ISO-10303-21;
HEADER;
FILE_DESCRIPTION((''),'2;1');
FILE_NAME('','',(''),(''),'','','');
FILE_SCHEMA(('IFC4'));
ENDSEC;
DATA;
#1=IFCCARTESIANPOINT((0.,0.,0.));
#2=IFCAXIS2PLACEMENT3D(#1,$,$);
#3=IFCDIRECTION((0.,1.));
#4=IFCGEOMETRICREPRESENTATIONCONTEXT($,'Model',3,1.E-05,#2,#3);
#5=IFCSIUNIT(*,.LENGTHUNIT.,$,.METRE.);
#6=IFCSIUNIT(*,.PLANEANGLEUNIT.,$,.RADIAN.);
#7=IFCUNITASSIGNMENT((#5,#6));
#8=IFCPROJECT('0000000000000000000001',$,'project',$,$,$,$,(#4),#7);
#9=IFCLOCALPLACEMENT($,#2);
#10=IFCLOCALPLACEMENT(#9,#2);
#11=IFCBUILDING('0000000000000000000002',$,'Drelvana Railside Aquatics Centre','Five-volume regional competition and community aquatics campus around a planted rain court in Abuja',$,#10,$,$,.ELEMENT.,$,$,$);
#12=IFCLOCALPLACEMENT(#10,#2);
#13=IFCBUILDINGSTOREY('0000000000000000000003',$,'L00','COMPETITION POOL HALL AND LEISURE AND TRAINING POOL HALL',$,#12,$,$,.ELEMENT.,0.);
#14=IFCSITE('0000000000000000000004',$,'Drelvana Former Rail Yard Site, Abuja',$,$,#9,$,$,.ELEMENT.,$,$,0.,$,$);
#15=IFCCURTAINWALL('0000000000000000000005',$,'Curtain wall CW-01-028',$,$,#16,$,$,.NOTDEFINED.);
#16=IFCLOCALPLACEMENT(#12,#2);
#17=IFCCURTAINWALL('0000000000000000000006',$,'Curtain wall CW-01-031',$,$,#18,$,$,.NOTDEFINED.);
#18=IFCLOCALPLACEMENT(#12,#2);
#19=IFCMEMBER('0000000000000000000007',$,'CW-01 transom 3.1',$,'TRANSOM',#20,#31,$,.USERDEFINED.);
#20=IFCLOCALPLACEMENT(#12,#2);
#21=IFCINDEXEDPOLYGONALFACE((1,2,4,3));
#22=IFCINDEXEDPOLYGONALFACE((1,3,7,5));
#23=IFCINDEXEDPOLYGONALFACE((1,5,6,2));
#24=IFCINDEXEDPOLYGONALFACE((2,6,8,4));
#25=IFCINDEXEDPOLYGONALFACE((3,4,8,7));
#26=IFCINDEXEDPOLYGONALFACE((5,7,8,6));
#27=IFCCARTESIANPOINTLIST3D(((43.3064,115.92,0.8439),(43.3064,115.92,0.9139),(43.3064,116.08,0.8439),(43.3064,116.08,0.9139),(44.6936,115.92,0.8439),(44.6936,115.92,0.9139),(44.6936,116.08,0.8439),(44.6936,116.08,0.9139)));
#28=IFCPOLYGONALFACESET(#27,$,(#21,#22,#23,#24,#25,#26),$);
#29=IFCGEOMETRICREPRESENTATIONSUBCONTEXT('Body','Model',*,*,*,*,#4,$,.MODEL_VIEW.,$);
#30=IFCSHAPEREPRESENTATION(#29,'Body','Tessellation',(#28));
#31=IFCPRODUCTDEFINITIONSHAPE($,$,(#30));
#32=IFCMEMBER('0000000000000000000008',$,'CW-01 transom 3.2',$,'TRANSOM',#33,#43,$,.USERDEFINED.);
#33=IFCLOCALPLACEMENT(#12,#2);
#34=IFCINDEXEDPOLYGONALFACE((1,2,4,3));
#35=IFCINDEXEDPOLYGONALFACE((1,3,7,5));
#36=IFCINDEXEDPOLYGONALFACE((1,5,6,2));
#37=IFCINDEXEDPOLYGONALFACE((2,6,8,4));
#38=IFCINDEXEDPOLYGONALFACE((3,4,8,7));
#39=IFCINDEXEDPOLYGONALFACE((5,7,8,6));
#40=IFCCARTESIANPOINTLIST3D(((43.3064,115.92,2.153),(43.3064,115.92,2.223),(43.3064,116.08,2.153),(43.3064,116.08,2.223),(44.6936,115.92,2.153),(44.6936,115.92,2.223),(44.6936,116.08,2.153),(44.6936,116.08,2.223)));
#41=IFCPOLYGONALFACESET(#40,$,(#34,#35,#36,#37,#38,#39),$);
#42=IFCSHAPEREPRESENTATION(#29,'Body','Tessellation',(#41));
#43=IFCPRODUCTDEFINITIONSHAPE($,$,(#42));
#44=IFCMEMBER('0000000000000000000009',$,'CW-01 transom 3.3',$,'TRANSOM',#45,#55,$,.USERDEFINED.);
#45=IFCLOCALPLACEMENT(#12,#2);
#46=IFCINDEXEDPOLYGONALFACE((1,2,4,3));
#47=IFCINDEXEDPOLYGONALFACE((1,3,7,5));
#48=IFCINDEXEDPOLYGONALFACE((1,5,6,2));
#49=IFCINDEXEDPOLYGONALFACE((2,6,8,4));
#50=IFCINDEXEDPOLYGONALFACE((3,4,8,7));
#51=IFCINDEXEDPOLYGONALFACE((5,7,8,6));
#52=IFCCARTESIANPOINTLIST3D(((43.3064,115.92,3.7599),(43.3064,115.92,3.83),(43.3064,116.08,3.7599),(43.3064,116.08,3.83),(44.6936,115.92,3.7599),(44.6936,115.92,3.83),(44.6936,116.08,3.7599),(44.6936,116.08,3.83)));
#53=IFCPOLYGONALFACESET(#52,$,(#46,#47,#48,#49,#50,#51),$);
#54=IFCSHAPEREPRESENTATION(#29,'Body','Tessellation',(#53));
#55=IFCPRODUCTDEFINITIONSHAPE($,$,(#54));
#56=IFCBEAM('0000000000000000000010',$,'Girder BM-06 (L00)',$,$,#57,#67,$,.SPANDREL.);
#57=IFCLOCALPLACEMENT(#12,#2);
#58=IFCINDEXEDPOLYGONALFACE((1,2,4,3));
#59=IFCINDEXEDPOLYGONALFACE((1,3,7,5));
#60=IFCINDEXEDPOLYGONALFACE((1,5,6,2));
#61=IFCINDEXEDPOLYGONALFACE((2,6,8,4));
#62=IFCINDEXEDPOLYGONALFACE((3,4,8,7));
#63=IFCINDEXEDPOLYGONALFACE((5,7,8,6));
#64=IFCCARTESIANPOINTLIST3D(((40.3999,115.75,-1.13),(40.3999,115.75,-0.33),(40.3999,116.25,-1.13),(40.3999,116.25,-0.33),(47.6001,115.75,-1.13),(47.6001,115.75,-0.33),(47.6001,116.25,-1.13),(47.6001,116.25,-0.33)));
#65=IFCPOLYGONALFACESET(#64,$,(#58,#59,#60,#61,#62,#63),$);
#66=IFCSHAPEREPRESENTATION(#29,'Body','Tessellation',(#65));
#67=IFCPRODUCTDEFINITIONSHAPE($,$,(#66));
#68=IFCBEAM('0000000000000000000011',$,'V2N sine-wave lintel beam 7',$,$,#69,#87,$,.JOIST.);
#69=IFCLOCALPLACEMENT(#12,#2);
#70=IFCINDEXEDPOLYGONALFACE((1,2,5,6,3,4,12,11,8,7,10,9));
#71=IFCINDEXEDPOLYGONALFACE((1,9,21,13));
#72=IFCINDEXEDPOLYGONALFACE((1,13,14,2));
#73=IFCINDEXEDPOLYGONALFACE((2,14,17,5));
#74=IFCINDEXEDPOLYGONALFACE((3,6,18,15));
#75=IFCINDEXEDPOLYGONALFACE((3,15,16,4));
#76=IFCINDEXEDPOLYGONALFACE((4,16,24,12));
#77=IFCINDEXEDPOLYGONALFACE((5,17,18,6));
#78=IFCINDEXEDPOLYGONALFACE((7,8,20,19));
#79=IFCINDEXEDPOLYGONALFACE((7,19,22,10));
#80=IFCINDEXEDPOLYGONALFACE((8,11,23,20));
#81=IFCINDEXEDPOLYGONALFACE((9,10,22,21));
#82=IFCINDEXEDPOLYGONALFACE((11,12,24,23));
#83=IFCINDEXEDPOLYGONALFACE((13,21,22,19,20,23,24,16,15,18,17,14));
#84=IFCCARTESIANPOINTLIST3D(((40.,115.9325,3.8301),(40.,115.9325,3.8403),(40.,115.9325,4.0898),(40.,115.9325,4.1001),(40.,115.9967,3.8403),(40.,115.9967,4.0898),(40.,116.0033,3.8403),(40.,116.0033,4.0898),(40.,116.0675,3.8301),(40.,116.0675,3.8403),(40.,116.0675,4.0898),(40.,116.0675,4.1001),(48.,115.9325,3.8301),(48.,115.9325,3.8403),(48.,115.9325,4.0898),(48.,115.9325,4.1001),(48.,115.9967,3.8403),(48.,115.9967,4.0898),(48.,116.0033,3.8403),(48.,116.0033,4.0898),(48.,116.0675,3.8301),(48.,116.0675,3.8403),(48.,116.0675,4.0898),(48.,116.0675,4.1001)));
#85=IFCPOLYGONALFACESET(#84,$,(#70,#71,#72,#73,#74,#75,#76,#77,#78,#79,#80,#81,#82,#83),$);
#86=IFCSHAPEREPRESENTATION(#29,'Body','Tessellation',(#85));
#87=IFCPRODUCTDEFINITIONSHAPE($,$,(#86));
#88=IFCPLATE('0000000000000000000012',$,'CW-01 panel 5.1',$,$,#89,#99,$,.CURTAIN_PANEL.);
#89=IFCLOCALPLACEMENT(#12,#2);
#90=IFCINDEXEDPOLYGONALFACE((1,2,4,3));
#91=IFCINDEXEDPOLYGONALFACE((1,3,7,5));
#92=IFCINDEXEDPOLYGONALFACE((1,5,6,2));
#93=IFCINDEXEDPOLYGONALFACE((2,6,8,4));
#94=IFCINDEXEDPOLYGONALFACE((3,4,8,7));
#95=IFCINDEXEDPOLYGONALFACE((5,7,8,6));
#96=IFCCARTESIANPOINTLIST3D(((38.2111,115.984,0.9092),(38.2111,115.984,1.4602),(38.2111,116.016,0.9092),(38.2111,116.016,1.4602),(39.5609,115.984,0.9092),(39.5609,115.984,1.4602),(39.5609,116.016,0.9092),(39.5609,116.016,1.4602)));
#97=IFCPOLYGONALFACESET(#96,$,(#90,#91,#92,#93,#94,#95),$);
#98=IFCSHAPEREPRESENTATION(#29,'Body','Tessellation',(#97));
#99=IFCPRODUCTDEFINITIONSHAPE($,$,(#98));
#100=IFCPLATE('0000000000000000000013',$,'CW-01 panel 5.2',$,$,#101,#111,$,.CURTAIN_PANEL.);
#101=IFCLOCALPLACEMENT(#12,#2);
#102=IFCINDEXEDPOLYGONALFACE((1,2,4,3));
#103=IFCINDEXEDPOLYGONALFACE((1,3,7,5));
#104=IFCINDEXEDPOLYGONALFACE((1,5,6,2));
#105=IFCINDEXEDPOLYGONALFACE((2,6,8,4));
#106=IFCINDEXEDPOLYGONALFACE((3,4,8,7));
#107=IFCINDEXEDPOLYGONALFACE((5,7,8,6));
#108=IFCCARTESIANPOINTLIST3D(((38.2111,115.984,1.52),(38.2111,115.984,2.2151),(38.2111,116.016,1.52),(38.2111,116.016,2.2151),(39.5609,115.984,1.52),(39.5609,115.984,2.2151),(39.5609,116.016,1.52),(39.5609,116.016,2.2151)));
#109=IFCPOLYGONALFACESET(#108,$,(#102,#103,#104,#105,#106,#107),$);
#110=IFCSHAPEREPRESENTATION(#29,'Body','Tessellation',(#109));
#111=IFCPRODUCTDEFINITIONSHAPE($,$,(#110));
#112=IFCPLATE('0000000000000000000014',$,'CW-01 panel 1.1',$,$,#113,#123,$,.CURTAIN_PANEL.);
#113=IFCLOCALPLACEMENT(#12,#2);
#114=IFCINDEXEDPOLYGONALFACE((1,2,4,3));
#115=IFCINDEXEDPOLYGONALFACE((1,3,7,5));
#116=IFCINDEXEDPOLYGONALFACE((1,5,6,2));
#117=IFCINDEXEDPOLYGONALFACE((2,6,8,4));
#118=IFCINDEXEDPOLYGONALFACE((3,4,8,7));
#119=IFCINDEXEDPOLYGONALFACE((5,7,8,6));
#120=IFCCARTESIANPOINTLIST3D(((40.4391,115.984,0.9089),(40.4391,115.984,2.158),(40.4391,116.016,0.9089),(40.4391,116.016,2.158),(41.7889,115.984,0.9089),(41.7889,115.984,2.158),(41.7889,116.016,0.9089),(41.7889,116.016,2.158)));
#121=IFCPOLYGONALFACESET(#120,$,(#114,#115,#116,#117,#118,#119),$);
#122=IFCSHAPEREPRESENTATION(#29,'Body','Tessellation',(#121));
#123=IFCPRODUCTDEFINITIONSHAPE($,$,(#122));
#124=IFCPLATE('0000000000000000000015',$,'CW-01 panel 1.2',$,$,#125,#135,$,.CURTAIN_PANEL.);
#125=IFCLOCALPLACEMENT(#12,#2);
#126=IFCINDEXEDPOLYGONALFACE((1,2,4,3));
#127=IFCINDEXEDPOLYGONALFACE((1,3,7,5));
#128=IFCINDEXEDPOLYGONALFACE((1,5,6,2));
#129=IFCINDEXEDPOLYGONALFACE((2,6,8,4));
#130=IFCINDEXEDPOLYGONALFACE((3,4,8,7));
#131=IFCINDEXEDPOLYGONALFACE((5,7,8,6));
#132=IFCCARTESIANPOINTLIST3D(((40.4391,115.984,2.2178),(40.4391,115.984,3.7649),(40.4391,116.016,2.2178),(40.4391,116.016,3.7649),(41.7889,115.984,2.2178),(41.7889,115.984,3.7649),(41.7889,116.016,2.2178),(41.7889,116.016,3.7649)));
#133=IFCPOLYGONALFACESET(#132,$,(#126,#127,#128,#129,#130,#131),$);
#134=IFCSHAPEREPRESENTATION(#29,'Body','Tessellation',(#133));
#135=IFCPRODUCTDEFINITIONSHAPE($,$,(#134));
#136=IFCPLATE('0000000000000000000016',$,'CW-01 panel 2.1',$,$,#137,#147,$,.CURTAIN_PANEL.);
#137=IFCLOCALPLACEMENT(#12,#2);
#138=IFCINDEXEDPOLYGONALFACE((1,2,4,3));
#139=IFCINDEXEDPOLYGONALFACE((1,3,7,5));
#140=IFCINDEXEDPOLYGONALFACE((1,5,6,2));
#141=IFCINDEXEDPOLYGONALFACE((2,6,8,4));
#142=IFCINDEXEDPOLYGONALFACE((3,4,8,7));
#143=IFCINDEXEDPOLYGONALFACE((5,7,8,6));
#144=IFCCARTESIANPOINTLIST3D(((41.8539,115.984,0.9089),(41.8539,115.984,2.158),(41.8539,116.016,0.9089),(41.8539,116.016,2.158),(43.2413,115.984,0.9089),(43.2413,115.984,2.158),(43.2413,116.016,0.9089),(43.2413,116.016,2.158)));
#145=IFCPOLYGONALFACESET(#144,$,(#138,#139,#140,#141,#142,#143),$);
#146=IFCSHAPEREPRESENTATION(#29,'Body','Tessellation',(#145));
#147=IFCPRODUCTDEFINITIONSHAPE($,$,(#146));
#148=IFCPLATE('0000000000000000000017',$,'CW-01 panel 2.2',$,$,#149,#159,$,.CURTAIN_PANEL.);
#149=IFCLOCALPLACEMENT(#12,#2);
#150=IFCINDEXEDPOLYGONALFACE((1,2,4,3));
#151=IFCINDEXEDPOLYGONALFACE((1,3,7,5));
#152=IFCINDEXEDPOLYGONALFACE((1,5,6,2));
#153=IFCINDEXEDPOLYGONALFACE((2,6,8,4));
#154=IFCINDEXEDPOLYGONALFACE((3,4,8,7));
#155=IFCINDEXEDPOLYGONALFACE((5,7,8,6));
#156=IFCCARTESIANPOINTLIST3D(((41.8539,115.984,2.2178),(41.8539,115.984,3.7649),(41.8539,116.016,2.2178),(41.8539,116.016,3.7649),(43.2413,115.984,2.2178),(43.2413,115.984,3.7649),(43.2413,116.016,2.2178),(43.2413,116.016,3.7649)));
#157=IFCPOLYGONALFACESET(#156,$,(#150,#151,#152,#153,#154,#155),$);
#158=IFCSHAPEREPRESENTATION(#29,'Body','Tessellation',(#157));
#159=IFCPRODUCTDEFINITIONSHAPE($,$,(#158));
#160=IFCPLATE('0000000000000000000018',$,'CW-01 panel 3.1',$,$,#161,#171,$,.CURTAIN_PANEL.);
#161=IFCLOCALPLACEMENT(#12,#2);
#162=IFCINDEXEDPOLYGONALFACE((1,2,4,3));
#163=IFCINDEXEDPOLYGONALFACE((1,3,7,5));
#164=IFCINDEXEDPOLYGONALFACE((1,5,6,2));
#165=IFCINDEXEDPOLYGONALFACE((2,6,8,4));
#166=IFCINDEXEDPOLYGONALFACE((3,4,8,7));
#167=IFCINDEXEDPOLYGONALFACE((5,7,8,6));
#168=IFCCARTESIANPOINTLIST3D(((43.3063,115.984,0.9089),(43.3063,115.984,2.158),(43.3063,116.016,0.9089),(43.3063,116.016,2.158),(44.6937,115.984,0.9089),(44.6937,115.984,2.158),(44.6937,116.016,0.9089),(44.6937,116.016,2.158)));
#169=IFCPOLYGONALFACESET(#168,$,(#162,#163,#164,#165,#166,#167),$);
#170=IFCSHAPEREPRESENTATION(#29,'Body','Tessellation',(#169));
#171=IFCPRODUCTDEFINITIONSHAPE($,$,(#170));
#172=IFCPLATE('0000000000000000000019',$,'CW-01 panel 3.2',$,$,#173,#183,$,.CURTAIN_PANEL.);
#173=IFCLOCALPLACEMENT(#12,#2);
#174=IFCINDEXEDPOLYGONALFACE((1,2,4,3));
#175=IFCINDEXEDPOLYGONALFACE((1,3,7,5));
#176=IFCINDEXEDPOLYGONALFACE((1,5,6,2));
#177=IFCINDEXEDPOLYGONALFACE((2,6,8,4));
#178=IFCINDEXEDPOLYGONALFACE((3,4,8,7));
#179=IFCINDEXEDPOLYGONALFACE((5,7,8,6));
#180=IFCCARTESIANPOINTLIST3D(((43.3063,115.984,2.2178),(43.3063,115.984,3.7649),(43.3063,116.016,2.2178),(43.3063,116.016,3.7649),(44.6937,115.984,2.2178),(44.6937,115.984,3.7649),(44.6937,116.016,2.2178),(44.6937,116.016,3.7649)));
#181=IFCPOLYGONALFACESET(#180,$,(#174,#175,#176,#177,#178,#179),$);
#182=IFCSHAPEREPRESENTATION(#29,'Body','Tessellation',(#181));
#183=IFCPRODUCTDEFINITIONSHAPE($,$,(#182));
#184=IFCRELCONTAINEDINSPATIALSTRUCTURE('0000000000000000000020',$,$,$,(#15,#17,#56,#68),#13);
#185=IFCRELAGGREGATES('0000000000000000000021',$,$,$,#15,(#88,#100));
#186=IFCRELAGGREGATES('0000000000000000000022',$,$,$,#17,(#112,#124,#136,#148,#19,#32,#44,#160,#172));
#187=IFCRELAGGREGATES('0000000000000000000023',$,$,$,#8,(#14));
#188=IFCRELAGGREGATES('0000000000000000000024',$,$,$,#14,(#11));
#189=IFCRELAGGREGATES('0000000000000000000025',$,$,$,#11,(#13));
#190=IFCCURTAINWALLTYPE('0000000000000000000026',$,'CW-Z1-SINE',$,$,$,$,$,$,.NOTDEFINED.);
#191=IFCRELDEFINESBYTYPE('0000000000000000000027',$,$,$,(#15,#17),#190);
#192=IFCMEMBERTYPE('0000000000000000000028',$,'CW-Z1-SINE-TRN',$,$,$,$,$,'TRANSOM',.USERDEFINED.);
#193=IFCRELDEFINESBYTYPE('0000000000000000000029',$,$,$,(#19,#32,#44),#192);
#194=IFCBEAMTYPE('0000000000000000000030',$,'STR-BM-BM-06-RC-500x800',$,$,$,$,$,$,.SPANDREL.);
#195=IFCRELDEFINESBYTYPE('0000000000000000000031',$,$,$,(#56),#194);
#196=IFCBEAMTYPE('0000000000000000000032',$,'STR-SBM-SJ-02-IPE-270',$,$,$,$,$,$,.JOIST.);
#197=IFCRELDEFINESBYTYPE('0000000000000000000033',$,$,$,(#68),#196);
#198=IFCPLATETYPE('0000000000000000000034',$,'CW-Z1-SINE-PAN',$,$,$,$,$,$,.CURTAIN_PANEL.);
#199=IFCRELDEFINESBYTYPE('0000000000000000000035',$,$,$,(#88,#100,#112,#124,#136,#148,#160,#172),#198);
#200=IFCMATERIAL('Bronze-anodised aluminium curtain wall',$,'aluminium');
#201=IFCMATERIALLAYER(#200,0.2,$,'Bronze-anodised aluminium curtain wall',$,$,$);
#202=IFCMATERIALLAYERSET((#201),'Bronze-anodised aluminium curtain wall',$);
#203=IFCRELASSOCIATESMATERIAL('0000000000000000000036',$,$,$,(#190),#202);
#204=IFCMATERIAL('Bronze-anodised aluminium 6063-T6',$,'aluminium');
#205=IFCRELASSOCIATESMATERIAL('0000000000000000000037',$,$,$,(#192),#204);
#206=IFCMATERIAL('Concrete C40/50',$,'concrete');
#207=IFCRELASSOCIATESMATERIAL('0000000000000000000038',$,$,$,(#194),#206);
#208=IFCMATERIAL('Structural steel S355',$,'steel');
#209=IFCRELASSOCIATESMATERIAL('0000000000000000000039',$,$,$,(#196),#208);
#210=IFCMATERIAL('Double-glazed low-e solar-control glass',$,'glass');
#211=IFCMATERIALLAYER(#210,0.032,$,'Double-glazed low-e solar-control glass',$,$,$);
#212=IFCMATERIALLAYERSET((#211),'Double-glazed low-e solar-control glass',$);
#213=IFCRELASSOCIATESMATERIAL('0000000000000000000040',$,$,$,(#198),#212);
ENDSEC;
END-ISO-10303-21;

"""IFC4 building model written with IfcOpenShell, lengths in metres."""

from ifc_helpers import new_model, si_unit, direction, frame, origin, origin_2d, place, context, subcontext, project, spatial, rectangle, i_section, extrude, material, layer, layer_set, material_profile, profile_set, type_object, element, aggregate, save


model = new_model("IFC4")

# Units and contexts
model_context = context("Model", 3, precision=1e-05, world=origin(), true_north=direction((0.0, 1.0)))
body_context = subcontext(model_context, "Body", "Model", "MODEL_VIEW")
ifc_project = project(units=[si_unit("LENGTHUNIT", "METRE"), si_unit("PLANEANGLEUNIT", "RADIAN")], contexts=[model_context])

# Site, building, storey
site_placement = place(None, origin())
site = spatial("IfcSite", under=ifc_project, at=site_placement, Name="Drelvana Former Rail Yard Site, Abuja", CompositionType="ELEMENT", RefElevation=0.0)
building_placement = place(site_placement, origin())
building = spatial("IfcBuilding", under=site, at=building_placement, Name="Drelvana Railside Aquatics Centre", Description="Five-volume regional competition and community aquatics campus around a planted rain court in Abuja", CompositionType="ELEMENT")
storey_placement = place(building_placement, origin())
storey = spatial("IfcBuildingStorey", under=building, at=storey_placement, Name="L00", Description="COMPETITION POOL HALL AND LEISURE AND TRAINING POOL HALL", CompositionType="ELEMENT", Elevation=0.0)

# Shared definitions
ifc_material_1 = material(Name="Concrete C40/50", Category="concrete")

# Curtain wall
ifc_material_2 = material(Name="Bronze-anodised aluminium curtain wall", Category="aluminium")
ifc_layer_1 = layer(ifc_material_2, 0.2, Name="Bronze-anodised aluminium curtain wall")
ifc_layer_set_1 = layer_set([ifc_layer_1], Name="Bronze-anodised aluminium curtain wall")
curtain_wall_type = type_object("IfcCurtainWallType", Name="CW-Z1-SINE", PredefinedType="NOTDEFINED", material=ifc_layer_set_1)
curtain_wall_1_placement = place(storey_placement, origin())
curtain_wall_1 = element("IfcCurtainWall", 1, at=curtain_wall_1_placement, inside=storey, type_object=curtain_wall_type, Name="Curtain wall CW-01-028", PredefinedType="NOTDEFINED")
ifc_material_3 = material(Name="Bronze-anodised aluminium 6063-T6", Category="aluminium")

# Curtain wall
curtain_wall_2_placement = place(storey_placement, origin())
curtain_wall_2 = element("IfcCurtainWall", 2, at=curtain_wall_2_placement, inside=storey, type_object=curtain_wall_type, Name="Curtain wall CW-01-031", PredefinedType="NOTDEFINED")

# Members
ifc_material_profile_1 = material_profile(ifc_material_3, rectangle(XDim=0.1599, YDim=0.0701, at=origin_2d()), Name="ALU-T 70x160")
ifc_profile_set_1 = profile_set([ifc_material_profile_1], Name="Bronze-anodised aluminium 6063-T6")
member_type_1 = type_object("IfcMemberType", Name="CW-Z1-SINE-TRN", ElementType="TRANSOM", PredefinedType="USERDEFINED", material=ifc_profile_set_1)
member_1_placement = place(storey_placement, frame((43.3064, 116.0, 0.8789), z_axis=(1.0, 0.0, 0.0), x_axis=(0.0, 1.0, 0.0)))
member_1 = element("IfcMember", 3, at=member_1_placement, type_object=member_type_1, Name="CW-01 transom 3.1", ObjectType="TRANSOM", PredefinedType="USERDEFINED", context=body_context, shape_type="SweptSolid", body=[
    extrude(rectangle(XDim=0.1599, YDim=0.0701, at=origin_2d()), origin(), (0.0, 0.0, 1.0), 1.3872),
])
member_2_placement = place(storey_placement, frame((43.3064, 116.0, 2.188), z_axis=(1.0, 0.0, 0.0), x_axis=(0.0, 1.0, 0.0)))
member_2 = element("IfcMember", 4, at=member_2_placement, type_object=member_type_1, Name="CW-01 transom 3.2", ObjectType="TRANSOM", PredefinedType="USERDEFINED", context=body_context, shape_type="SweptSolid", body=[
    extrude(rectangle(XDim=0.1599, YDim=0.0701, at=origin_2d()), origin(), (0.0, 0.0, 1.0), 1.3872),
])
member_3_placement = place(storey_placement, frame((43.3064, 116.0, 3.7949), z_axis=(1.0, 0.0, 0.0), x_axis=(0.0, 1.0, 0.0)))
member_3 = element("IfcMember", 5, at=member_3_placement, type_object=member_type_1, Name="CW-01 transom 3.3", ObjectType="TRANSOM", PredefinedType="USERDEFINED", context=body_context, shape_type="SweptSolid", body=[
    extrude(rectangle(XDim=0.1599, YDim=0.0701, at=origin_2d()), origin(), (0.0, 0.0, 1.0), 1.3872),
])

# Beams
ifc_material_profile_2 = material_profile(ifc_material_1, rectangle(XDim=0.5, YDim=0.8, at=origin_2d()), Name="RC 500x800")
ifc_profile_set_2 = profile_set([ifc_material_profile_2], Name="Concrete C40/50")
beam_type_1 = type_object("IfcBeamType", Name="STR-BM-BM-06-RC-500x800", PredefinedType="SPANDREL", material=ifc_profile_set_2)
beam_1_placement = place(storey_placement, frame((40.3999, 116.0, -0.73), z_axis=(1.0, 0.0, 0.0), x_axis=(0.0, 1.0, 0.0)))
element("IfcBeam", 6, at=beam_1_placement, inside=storey, type_object=beam_type_1, Name="Girder BM-06 (L00)", PredefinedType="SPANDREL", context=body_context, shape_type="SweptSolid", body=[
    extrude(rectangle(XDim=0.5, YDim=0.8, at=origin_2d()), origin(), (0.0, 0.0, 1.0), 7.2002),
])
ifc_material_4 = material(Name="Structural steel S355", Category="steel")
ifc_material_profile_3 = material_profile(ifc_material_4, i_section(OverallWidth=0.135, OverallDepth=0.27, WebThickness=0.0066, FlangeThickness=0.0103, at=origin_2d()), Name="IPE 270")
ifc_profile_set_3 = profile_set([ifc_material_profile_3], Name="Structural steel S355")
beam_type_2 = type_object("IfcBeamType", Name="STR-SBM-SJ-02-IPE-270", PredefinedType="JOIST", material=ifc_profile_set_3)
beam_2_placement = place(storey_placement, frame((40.0, 116.0, 3.9651), z_axis=(1.0, 0.0, 0.0), x_axis=(0.0, 1.0, 0.0)))
element("IfcBeam", 7, at=beam_2_placement, inside=storey, type_object=beam_type_2, Name="V2N sine-wave lintel beam 7", PredefinedType="JOIST", context=body_context, shape_type="SweptSolid", body=[
    extrude(i_section(OverallWidth=0.135, OverallDepth=0.27, WebThickness=0.0066, FlangeThickness=0.0103, at=origin_2d()), origin(), (0.0, 0.0, 1.0), 8.0),
])

# Plates
ifc_material_5 = material(Name="Double-glazed low-e solar-control glass", Category="glass")
ifc_layer_2 = layer(ifc_material_5, 0.032, Name="Double-glazed low-e solar-control glass")
ifc_layer_set_2 = layer_set([ifc_layer_2], Name="Double-glazed low-e solar-control glass")
plate_type = type_object("IfcPlateType", Name="CW-Z1-SINE-PAN", PredefinedType="CURTAIN_PANEL", material=ifc_layer_set_2)
plate_1_placement = place(storey_placement, frame((38.886, 116.0, 0.9092), z_axis=(0.0, 0.0, 1.0), x_axis=(1.0, 0.0, 0.0)))
plate_1 = element("IfcPlate", 8, at=plate_1_placement, type_object=plate_type, Name="CW-01 panel 5.1", PredefinedType="CURTAIN_PANEL", context=body_context, shape_type="SweptSolid", body=[
    extrude(rectangle(XDim=1.3499, YDim=0.032, at=origin_2d()), origin(), (0.0, 0.0, 1.0), 0.551),
])
plate_2_placement = place(storey_placement, frame((38.886, 116.0, 1.52), z_axis=(0.0, 0.0, 1.0), x_axis=(1.0, 0.0, 0.0)))
plate_2 = element("IfcPlate", 9, at=plate_2_placement, type_object=plate_type, Name="CW-01 panel 5.2", PredefinedType="CURTAIN_PANEL", context=body_context, shape_type="SweptSolid", body=[
    extrude(rectangle(XDim=1.3499, YDim=0.032, at=origin_2d()), origin(), (0.0, 0.0, 1.0), 0.6951),
])
aggregate(curtain_wall_1, [plate_1, plate_2])
plate_3_placement = place(storey_placement, frame((41.114, 116.0, 0.9089), z_axis=(0.0, 0.0, 1.0), x_axis=(1.0, 0.0, 0.0)))
plate_3 = element("IfcPlate", 10, at=plate_3_placement, type_object=plate_type, Name="CW-01 panel 1.1", PredefinedType="CURTAIN_PANEL", context=body_context, shape_type="SweptSolid", body=[
    extrude(rectangle(XDim=1.3499, YDim=0.032, at=origin_2d()), origin(), (0.0, 0.0, 1.0), 1.249),
])
plate_4_placement = place(storey_placement, frame((41.114, 116.0, 2.2178), z_axis=(0.0, 0.0, 1.0), x_axis=(1.0, 0.0, 0.0)))
plate_4 = element("IfcPlate", 11, at=plate_4_placement, type_object=plate_type, Name="CW-01 panel 1.2", PredefinedType="CURTAIN_PANEL", context=body_context, shape_type="SweptSolid", body=[
    extrude(rectangle(XDim=1.3499, YDim=0.032, at=origin_2d()), origin(), (0.0, 0.0, 1.0), 1.5471),
])
plate_5_placement = place(storey_placement, frame((42.5476, 116.0, 0.9089), z_axis=(0.0, 0.0, 1.0), x_axis=(1.0, 0.0, 0.0)))
plate_5 = element("IfcPlate", 12, at=plate_5_placement, type_object=plate_type, Name="CW-01 panel 2.1", PredefinedType="CURTAIN_PANEL", context=body_context, shape_type="SweptSolid", body=[
    extrude(rectangle(XDim=1.3875, YDim=0.032, at=origin_2d()), origin(), (0.0, 0.0, 1.0), 1.249),
])
plate_6_placement = place(storey_placement, frame((42.5476, 116.0, 2.2178), z_axis=(0.0, 0.0, 1.0), x_axis=(1.0, 0.0, 0.0)))
plate_6 = element("IfcPlate", 13, at=plate_6_placement, type_object=plate_type, Name="CW-01 panel 2.2", PredefinedType="CURTAIN_PANEL", context=body_context, shape_type="SweptSolid", body=[
    extrude(rectangle(XDim=1.3875, YDim=0.032, at=origin_2d()), origin(), (0.0, 0.0, 1.0), 1.5471),
])
plate_7_placement = place(storey_placement, frame((44.0, 116.0, 0.9089), z_axis=(0.0, 0.0, 1.0), x_axis=(1.0, 0.0, 0.0)))
plate_7 = element("IfcPlate", 14, at=plate_7_placement, type_object=plate_type, Name="CW-01 panel 3.1", PredefinedType="CURTAIN_PANEL", context=body_context, shape_type="SweptSolid", body=[
    extrude(rectangle(XDim=1.3875, YDim=0.032, at=origin_2d()), origin(), (0.0, 0.0, 1.0), 1.249),
])
plate_8_placement = place(storey_placement, frame((44.0, 116.0, 2.2178), z_axis=(0.0, 0.0, 1.0), x_axis=(1.0, 0.0, 0.0)))
plate_8 = element("IfcPlate", 15, at=plate_8_placement, type_object=plate_type, Name="CW-01 panel 3.2", PredefinedType="CURTAIN_PANEL", context=body_context, shape_type="SweptSolid", body=[
    extrude(rectangle(XDim=1.3875, YDim=0.032, at=origin_2d()), origin(), (0.0, 0.0, 1.0), 1.5471),
])
aggregate(curtain_wall_2, [plate_3, plate_4, plate_5, plate_6, member_1, member_2, member_3, plate_7, plate_8])

save(model, "model.ifc")
